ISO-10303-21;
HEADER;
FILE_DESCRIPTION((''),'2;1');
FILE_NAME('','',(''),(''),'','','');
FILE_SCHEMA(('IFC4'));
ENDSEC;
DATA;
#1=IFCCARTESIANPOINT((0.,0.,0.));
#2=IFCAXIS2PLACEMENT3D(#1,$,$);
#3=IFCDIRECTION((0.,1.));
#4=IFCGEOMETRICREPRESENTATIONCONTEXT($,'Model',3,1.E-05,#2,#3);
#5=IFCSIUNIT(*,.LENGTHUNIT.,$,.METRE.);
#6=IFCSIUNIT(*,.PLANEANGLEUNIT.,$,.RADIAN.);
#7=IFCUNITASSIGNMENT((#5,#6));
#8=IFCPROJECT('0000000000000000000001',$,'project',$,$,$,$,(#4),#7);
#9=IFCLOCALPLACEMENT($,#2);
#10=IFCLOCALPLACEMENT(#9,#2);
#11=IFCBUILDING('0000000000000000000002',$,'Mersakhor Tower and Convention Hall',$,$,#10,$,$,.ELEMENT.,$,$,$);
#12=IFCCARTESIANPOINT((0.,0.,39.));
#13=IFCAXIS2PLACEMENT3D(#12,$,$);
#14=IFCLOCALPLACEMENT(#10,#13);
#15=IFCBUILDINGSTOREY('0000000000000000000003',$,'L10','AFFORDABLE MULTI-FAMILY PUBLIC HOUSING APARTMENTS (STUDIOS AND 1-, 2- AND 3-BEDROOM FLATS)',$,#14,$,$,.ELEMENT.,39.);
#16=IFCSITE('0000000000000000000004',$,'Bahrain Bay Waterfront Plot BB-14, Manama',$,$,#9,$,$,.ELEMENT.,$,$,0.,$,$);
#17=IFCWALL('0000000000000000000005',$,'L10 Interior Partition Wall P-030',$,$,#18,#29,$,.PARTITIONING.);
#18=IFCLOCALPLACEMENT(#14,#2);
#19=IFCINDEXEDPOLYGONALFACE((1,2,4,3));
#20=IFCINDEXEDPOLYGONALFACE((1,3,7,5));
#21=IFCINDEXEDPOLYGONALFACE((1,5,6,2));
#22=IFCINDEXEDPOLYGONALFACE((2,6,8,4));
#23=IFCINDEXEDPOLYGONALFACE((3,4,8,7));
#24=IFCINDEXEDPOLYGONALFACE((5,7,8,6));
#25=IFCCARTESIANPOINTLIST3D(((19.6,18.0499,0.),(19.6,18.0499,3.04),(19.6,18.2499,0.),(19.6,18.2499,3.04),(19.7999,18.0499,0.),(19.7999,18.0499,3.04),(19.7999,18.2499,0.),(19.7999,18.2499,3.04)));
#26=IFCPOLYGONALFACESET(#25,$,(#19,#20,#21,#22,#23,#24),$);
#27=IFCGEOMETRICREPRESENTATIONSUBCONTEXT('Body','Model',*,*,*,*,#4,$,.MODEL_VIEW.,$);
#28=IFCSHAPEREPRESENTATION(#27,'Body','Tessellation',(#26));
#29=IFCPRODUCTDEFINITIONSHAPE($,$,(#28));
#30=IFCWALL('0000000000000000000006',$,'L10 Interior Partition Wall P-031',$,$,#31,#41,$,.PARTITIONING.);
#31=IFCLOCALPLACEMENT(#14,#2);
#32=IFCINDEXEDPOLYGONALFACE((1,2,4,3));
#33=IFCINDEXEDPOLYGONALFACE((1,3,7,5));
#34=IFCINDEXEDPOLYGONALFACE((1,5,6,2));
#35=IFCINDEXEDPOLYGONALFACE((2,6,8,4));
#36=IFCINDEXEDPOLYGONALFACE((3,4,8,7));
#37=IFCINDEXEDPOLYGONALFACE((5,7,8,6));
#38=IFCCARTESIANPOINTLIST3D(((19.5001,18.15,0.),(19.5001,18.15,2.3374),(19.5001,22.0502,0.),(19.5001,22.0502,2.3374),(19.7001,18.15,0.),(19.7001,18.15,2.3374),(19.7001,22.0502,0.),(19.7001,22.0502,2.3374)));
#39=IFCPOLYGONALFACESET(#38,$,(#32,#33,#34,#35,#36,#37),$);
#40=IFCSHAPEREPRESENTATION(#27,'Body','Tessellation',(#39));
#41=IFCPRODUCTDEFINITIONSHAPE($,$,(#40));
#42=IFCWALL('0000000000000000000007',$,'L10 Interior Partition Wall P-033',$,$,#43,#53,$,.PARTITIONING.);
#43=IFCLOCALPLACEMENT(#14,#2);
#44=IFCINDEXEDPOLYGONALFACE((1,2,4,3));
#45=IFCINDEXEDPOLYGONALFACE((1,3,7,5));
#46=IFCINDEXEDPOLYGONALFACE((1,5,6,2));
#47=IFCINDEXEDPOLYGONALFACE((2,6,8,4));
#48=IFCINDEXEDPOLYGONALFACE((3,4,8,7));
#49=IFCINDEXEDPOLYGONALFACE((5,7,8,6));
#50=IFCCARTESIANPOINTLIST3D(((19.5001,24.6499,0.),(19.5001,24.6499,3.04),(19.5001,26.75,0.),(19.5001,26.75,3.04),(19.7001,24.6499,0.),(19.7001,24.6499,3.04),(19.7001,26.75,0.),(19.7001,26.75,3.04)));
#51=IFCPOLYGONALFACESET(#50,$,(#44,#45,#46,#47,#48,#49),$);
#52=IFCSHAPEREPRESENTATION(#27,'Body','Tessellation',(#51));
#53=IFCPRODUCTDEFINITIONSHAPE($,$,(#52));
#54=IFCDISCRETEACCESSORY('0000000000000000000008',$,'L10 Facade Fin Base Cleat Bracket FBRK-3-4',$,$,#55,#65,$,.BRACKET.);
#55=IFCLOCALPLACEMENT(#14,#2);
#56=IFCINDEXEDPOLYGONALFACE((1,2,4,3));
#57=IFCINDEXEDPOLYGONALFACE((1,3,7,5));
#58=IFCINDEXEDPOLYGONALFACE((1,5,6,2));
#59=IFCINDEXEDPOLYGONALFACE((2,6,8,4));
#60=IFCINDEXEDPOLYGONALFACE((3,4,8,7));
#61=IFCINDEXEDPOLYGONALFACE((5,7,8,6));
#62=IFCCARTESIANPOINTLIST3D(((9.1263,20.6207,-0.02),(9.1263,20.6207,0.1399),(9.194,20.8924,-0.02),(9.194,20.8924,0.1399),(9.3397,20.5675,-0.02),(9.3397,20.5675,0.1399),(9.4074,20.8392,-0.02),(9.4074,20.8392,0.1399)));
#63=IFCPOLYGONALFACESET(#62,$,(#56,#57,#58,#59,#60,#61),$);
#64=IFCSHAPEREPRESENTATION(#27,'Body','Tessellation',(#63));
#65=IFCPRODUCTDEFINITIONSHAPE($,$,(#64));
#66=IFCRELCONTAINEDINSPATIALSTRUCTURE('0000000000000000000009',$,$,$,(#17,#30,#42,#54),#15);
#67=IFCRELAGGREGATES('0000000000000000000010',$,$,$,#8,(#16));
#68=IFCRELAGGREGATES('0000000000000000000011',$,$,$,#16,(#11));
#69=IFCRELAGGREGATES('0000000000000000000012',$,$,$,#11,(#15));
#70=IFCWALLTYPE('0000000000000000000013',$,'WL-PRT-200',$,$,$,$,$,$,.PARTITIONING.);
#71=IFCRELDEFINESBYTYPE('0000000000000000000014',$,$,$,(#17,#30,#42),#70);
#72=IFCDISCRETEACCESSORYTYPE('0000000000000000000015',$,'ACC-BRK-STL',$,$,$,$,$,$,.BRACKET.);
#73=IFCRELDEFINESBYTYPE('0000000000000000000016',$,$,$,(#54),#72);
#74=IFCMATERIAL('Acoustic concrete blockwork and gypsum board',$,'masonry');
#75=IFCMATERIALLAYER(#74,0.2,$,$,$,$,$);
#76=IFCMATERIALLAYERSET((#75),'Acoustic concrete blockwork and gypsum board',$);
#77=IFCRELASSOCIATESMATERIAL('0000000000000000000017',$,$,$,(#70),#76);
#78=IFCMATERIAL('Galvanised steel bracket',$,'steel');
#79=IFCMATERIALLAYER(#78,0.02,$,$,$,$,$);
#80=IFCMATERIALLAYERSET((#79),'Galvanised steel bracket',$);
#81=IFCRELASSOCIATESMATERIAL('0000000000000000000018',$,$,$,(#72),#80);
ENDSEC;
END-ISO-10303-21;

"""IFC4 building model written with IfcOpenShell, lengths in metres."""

from ifc_helpers import new_model, si_unit, direction, frame, frame_2d, origin, origin_2d, place, context, subcontext, project, spatial, rectangle, extrude, material, layer, layer_set, type_object, element, save


model = new_model("IFC4")

# Units and contexts
model_context = context("Model", 3, precision=1e-05, world=origin(), true_north=direction((0.0, 1.0)))
body_context = subcontext(model_context, "Body", "Model", "MODEL_VIEW")
ifc_project = project(units=[si_unit("LENGTHUNIT", "METRE"), si_unit("PLANEANGLEUNIT", "RADIAN")], contexts=[model_context])

# Site, building, storey
site_placement = place(None, origin())
site = spatial("IfcSite", under=ifc_project, at=site_placement, Name="Bahrain Bay Waterfront Plot BB-14, Manama", CompositionType="ELEMENT", RefElevation=0.0)
building_placement = place(site_placement, origin())
building = spatial("IfcBuilding", under=site, at=building_placement, Name="Mersakhor Tower and Convention Hall", CompositionType="ELEMENT")
storey_placement = place(building_placement, frame((0.0, 0.0, 39.0)))
storey = spatial("IfcBuildingStorey", under=building, at=storey_placement, Name="L10", Description="AFFORDABLE MULTI-FAMILY PUBLIC HOUSING APARTMENTS (STUDIOS AND 1-, 2- AND 3-BEDROOM FLATS)", CompositionType="ELEMENT", Elevation=39.0)

# Walls
ifc_material_1 = material(Name="Acoustic concrete blockwork and gypsum board", Category="masonry")
ifc_layer_1 = layer(ifc_material_1, 0.2)
ifc_layer_set_1 = layer_set([ifc_layer_1], Name="Acoustic concrete blockwork and gypsum board")
wall_type_1 = type_object("IfcWallType", Name="WL-PRT-200", PredefinedType="PARTITIONING", material=ifc_layer_set_1)
wall_1_placement = place(storey_placement, frame((19.8, 18.1499, 0.0), z_axis=(0.0, 0.0, 1.0), x_axis=(-1.0, 0.0, 0.0)))
element("IfcWall", 1, at=wall_1_placement, inside=storey, type_object=wall_type_1, Name="L10 Interior Partition Wall P-030", PredefinedType="PARTITIONING", context=body_context, shape_type="SweptSolid", body=[
    extrude(rectangle(XDim=0.2, YDim=0.2, at=frame_2d((0.1001, 0.0))), origin(), (0.0, 0.0, 1.0), 3.04),
])
wall_2_placement = place(storey_placement, frame((19.6001, 18.1499, 0.0), z_axis=(0.0, 0.0, 1.0), x_axis=(0.0, 1.0, 0.0)))
element("IfcWall", 2, at=wall_2_placement, inside=storey, type_object=wall_type_1, Name="L10 Interior Partition Wall P-031", PredefinedType="PARTITIONING", context=body_context, shape_type="SweptSolid", body=[
    extrude(rectangle(XDim=3.9001, YDim=0.2, at=frame_2d((1.9502, 0.0))), origin(), (0.0, 0.0, 1.0), 2.3374),
])

# Wall
wall_3_placement = place(storey_placement, frame((19.6001, 24.6499, 0.0), z_axis=(0.0, 0.0, 1.0), x_axis=(0.0, 1.0, 0.0)))
element("IfcWall", 3, at=wall_3_placement, inside=storey, type_object=wall_type_1, Name="L10 Interior Partition Wall P-033", PredefinedType="PARTITIONING", context=body_context, shape_type="SweptSolid", body=[
    extrude(rectangle(XDim=2.1001, YDim=0.2, at=frame_2d((1.05, 0.0))), origin(), (0.0, 0.0, 1.0), 3.04),
])

# Discrete accessory
ifc_material_2 = material(Name="Galvanised steel bracket", Category="steel")
ifc_layer_2 = layer(ifc_material_2, 0.02)
ifc_layer_set_2 = layer_set([ifc_layer_2], Name="Galvanised steel bracket")
discrete_accessory_type = type_object("IfcDiscreteAccessoryType", Name="ACC-BRK-STL", PredefinedType="BRACKET", material=ifc_layer_set_2)
discrete_accessory_placement = place(storey_placement, frame((9.2668, 20.73, -0.02), z_axis=(0.0, 0.0, 1.0), x_axis=(-0.241922, -0.970296, 0.0)))
element("IfcDiscreteAccessory", 4, at=discrete_accessory_placement, inside=storey, type_object=discrete_accessory_type, Name="L10 Facade Fin Base Cleat Bracket FBRK-3-4", PredefinedType="BRACKET", context=body_context, shape_type="SweptSolid", body=[
    extrude(rectangle(XDim=0.28, YDim=0.22, at=origin_2d()), origin(), (0.0, 0.0, 1.0), 0.1599),
])

save(model, "model.ifc")
